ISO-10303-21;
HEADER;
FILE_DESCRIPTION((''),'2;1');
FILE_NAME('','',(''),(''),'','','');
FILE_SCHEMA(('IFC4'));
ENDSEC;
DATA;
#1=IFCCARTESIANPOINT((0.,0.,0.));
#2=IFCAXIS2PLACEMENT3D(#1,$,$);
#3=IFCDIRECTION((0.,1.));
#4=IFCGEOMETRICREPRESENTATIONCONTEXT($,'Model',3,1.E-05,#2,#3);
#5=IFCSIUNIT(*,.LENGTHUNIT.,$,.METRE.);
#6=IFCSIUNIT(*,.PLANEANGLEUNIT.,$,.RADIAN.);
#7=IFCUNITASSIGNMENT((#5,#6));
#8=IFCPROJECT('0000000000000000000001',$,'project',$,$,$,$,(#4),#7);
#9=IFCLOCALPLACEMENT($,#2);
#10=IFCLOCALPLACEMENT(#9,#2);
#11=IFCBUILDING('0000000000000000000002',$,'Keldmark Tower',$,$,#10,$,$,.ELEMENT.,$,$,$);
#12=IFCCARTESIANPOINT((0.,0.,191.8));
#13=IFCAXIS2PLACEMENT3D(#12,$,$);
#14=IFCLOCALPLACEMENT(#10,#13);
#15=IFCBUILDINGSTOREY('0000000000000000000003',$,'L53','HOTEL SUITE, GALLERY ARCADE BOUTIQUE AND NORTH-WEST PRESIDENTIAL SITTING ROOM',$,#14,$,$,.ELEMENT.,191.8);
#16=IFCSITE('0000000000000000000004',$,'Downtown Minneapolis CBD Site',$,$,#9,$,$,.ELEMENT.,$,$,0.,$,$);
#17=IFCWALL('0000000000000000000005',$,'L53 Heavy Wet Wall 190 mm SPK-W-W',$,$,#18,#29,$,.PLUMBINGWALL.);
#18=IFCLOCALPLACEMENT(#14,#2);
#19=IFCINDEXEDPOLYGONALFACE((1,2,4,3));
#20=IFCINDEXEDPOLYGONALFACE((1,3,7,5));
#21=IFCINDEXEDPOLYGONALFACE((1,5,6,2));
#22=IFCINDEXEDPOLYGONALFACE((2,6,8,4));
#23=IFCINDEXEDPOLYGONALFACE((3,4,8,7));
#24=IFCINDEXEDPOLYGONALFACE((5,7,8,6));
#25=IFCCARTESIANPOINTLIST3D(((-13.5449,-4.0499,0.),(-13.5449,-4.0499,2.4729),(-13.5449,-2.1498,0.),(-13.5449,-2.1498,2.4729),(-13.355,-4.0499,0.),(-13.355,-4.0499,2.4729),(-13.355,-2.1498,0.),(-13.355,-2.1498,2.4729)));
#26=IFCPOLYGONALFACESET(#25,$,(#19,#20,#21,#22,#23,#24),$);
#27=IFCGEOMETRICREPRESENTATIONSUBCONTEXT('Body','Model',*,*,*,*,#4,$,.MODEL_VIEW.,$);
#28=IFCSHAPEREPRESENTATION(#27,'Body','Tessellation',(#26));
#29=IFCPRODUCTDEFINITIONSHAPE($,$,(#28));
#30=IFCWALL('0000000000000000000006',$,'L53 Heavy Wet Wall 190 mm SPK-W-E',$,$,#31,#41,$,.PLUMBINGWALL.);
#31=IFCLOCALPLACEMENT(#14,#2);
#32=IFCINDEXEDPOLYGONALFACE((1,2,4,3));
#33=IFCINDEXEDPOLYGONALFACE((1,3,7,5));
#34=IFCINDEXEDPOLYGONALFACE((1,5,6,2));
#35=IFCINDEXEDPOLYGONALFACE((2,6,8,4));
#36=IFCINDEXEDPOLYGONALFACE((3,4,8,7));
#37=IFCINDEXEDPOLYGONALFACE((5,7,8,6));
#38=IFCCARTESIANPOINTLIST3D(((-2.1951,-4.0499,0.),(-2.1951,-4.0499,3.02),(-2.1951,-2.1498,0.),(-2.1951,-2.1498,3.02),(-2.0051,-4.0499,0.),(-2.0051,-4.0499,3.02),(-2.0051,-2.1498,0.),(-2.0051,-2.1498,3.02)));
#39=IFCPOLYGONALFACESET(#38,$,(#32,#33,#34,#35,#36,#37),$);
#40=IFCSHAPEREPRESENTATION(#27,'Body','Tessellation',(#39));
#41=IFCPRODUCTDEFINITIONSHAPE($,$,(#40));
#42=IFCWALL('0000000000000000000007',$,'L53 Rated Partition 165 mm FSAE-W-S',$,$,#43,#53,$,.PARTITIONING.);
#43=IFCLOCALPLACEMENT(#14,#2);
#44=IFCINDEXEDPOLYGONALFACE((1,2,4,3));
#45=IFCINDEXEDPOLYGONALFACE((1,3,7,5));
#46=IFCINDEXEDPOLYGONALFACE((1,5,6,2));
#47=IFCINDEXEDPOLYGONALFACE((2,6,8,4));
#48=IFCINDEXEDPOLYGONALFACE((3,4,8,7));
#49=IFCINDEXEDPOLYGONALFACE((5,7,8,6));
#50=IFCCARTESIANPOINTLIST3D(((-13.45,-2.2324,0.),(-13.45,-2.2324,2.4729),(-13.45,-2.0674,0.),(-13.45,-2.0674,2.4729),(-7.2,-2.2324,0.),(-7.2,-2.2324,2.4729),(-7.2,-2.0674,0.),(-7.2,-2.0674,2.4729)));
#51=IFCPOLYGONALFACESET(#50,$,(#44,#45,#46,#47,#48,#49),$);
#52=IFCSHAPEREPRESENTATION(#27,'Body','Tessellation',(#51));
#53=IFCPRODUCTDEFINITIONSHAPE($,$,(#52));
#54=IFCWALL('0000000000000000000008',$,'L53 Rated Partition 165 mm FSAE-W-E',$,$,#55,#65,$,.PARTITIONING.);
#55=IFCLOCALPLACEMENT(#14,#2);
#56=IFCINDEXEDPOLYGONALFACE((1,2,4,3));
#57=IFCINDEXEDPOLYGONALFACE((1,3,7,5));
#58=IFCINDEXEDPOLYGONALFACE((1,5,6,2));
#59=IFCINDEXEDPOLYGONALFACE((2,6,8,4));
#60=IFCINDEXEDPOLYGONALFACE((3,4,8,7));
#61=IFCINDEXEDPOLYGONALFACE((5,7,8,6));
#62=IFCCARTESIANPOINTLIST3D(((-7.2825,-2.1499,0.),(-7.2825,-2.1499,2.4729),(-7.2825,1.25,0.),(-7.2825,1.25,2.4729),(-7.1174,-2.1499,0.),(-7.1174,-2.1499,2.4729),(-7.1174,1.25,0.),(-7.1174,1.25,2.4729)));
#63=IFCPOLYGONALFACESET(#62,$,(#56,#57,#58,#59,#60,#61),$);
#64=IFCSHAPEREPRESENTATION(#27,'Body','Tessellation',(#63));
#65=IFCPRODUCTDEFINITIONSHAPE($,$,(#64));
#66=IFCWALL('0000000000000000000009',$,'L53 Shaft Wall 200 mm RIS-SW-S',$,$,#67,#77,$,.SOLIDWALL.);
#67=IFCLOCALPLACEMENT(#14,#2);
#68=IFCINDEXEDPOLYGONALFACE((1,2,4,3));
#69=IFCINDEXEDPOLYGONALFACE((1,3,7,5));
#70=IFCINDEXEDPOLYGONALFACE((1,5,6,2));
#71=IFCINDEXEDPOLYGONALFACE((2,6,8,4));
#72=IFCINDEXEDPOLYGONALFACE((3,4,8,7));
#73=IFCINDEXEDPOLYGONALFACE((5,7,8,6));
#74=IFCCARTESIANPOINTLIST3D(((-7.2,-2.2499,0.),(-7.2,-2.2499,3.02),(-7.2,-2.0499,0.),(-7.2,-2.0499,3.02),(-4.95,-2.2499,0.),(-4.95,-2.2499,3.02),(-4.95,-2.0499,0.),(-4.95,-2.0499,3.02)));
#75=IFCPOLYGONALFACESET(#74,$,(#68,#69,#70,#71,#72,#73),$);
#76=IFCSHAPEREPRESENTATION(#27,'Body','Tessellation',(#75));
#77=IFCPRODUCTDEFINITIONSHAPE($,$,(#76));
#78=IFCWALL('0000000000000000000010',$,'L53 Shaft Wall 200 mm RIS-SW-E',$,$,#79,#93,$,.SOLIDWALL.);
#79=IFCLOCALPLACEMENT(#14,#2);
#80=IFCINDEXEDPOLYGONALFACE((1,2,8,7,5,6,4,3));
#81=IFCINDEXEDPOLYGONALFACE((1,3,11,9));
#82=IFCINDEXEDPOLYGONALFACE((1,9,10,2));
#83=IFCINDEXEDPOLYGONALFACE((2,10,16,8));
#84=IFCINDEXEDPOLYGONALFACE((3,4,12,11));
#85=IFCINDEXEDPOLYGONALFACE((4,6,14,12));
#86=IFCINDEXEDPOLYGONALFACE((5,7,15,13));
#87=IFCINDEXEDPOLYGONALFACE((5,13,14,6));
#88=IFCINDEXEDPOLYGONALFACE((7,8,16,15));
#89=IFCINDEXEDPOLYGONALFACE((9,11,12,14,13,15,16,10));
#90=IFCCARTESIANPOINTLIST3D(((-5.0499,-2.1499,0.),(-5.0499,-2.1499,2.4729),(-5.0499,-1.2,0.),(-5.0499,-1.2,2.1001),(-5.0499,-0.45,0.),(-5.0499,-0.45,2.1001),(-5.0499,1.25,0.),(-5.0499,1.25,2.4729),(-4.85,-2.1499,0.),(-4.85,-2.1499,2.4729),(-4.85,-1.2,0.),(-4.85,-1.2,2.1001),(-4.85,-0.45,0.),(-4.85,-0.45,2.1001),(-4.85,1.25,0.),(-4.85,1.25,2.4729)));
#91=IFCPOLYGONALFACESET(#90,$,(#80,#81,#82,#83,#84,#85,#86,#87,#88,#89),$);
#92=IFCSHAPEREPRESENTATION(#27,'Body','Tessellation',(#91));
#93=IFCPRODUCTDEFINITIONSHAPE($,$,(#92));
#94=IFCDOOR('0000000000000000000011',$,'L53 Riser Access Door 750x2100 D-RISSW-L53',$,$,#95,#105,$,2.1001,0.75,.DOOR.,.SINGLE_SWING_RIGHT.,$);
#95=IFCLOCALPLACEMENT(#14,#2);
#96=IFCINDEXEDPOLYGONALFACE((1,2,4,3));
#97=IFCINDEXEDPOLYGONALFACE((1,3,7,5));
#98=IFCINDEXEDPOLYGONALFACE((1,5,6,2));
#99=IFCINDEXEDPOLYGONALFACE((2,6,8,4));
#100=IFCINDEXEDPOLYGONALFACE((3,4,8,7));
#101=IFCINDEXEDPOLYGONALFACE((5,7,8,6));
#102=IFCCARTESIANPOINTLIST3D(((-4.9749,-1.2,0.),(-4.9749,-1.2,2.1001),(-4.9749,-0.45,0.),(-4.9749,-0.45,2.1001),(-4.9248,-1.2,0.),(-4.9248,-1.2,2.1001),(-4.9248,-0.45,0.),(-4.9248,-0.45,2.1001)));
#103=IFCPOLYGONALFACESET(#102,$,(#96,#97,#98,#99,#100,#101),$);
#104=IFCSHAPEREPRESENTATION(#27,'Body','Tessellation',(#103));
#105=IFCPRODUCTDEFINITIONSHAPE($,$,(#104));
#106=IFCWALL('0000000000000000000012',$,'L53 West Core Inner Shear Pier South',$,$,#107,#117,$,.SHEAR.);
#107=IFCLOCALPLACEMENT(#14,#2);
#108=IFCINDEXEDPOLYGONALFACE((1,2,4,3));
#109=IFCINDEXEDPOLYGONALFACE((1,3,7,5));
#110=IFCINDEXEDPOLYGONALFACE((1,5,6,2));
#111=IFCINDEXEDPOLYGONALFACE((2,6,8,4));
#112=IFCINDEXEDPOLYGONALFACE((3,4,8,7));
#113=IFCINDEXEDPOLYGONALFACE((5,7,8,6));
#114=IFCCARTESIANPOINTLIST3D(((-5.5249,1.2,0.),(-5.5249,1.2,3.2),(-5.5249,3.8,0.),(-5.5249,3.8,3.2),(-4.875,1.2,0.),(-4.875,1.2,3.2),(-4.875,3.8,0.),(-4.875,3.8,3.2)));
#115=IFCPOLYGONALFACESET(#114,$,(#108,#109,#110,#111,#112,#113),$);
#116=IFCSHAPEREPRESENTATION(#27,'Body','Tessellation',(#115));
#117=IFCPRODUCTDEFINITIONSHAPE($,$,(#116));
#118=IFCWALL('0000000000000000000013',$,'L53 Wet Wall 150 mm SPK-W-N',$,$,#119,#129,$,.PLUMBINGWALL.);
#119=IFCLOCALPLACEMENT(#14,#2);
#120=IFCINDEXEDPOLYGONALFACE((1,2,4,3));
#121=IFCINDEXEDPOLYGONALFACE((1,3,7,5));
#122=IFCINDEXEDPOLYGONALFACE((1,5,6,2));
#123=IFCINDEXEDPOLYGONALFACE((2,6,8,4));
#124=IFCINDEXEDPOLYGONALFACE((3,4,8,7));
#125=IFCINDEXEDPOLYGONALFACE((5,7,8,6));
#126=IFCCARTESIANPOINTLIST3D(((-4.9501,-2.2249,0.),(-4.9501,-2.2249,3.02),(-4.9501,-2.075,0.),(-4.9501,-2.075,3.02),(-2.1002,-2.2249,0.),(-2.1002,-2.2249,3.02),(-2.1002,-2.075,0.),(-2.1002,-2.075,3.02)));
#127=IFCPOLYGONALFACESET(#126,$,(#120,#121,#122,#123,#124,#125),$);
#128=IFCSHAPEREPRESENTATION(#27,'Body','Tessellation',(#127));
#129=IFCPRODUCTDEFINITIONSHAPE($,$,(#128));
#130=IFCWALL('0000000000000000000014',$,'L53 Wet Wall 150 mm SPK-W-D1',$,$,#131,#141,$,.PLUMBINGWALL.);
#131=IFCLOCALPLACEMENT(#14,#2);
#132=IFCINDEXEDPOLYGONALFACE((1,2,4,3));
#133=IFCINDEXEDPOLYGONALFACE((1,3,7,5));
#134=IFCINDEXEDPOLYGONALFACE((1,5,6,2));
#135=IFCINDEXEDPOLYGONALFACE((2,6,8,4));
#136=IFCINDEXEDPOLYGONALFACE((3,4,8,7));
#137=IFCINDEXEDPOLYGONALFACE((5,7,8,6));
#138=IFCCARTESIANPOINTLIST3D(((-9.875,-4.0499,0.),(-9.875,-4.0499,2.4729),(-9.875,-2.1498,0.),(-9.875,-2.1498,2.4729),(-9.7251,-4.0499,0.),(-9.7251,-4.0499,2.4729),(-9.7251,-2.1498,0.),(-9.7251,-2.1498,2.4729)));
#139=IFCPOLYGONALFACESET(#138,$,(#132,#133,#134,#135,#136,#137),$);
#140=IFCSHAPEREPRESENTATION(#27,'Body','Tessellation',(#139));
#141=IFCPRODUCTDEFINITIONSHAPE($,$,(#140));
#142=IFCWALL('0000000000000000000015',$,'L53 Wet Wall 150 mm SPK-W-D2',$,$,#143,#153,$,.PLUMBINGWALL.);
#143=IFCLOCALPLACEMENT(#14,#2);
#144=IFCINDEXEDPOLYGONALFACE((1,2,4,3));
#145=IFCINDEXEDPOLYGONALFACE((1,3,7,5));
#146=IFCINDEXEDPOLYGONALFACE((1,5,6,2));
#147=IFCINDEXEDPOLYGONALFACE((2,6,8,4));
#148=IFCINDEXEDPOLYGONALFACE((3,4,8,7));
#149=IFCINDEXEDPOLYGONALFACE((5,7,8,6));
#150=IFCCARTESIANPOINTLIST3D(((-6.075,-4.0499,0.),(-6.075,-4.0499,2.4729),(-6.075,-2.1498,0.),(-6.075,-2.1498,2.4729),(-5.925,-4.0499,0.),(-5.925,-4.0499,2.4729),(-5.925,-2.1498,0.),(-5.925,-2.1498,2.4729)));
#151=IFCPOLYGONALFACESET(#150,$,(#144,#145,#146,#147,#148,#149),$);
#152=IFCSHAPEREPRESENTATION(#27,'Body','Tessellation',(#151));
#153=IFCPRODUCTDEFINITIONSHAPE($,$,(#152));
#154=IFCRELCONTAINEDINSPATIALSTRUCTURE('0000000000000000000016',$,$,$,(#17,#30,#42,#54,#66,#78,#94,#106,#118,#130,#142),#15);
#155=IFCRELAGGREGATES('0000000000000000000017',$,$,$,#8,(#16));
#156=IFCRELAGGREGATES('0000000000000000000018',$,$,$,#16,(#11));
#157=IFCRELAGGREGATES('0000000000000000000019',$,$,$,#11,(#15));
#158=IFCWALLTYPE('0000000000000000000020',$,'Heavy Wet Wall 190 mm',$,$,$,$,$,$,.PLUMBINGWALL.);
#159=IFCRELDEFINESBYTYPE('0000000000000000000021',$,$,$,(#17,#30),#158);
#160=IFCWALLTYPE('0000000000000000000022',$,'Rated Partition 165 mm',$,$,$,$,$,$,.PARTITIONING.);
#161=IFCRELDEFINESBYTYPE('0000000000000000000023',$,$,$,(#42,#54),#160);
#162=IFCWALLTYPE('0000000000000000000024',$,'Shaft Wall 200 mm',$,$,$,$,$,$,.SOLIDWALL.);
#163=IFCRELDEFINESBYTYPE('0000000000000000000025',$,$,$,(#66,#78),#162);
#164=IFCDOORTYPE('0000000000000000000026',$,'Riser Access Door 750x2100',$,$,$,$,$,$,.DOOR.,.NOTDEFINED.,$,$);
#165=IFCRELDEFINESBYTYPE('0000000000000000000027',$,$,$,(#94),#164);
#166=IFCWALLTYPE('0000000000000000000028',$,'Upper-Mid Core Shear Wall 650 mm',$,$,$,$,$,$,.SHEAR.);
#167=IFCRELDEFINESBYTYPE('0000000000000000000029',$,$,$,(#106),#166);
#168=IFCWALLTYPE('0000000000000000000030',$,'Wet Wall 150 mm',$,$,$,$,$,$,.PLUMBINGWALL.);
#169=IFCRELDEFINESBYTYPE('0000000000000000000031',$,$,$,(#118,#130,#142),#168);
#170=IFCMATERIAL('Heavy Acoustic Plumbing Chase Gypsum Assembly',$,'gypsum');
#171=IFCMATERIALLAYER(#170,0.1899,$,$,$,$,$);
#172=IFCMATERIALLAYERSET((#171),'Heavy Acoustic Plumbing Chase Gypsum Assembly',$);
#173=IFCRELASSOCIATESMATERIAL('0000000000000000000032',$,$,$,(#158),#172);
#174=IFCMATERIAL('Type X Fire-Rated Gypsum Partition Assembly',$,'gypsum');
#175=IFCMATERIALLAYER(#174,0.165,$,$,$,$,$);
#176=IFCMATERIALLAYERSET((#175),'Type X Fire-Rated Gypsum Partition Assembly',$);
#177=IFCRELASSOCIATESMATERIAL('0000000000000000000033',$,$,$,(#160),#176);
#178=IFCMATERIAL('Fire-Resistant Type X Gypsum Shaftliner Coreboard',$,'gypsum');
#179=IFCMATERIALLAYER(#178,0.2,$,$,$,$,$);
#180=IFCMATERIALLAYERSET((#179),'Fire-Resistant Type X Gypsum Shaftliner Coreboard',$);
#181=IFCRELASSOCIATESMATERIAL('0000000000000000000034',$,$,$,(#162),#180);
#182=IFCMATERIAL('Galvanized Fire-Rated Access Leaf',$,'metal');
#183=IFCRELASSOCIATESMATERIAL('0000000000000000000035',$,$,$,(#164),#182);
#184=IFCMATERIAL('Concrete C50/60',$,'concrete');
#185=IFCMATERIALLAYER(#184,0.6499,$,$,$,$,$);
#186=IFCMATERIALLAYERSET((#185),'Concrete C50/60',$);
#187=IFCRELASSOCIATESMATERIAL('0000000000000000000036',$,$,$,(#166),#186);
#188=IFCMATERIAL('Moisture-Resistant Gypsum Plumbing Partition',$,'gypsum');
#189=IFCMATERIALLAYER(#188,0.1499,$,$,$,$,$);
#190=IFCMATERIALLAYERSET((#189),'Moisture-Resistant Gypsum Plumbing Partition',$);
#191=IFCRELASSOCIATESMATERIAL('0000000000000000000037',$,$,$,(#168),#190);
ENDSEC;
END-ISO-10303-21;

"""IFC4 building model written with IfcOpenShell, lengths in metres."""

from ifc_helpers import new_model, si_unit, direction, frame, frame_2d, origin, place, context, subcontext, project, spatial, rectangle, extrude, material, layer, layer_set, type_object, element, fill, save


model = new_model("IFC4")

# Units and contexts
model_context = context("Model", 3, precision=1e-05, world=origin(), true_north=direction((0.0, 1.0)))
body_context = subcontext(model_context, "Body", "Model", "MODEL_VIEW")
ifc_project = project(units=[si_unit("LENGTHUNIT", "METRE"), si_unit("PLANEANGLEUNIT", "RADIAN")], contexts=[model_context])

# Site, building, storey
site_placement = place(None, origin())
site = spatial("IfcSite", under=ifc_project, at=site_placement, Name="Downtown Minneapolis CBD Site", CompositionType="ELEMENT", RefElevation=0.0)
building_placement = place(site_placement, origin())
building = spatial("IfcBuilding", under=site, at=building_placement, Name="Keldmark Tower", CompositionType="ELEMENT")
storey_placement = place(building_placement, frame((0.0, 0.0, 191.8)))
storey = spatial("IfcBuildingStorey", under=building, at=storey_placement, Name="L53", Description="HOTEL SUITE, GALLERY ARCADE BOUTIQUE AND NORTH-WEST PRESIDENTIAL SITTING ROOM", CompositionType="ELEMENT", Elevation=191.8)

# Walls
ifc_material_1 = material(Name="Heavy Acoustic Plumbing Chase Gypsum Assembly", Category="gypsum")
ifc_layer_1 = layer(ifc_material_1, 0.1899)
ifc_layer_set_1 = layer_set([ifc_layer_1], Name="Heavy Acoustic Plumbing Chase Gypsum Assembly")
wall_type_1 = type_object("IfcWallType", Name="Heavy Wet Wall 190 mm", PredefinedType="PLUMBINGWALL", material=ifc_layer_set_1)
wall_1_placement = place(storey_placement, frame((-13.45, -4.05, 0.0), z_axis=(0.0, 0.0, 1.0), x_axis=(0.0, 1.0, 0.0)))
element("IfcWall", 1, at=wall_1_placement, inside=storey, type_object=wall_type_1, Name="L53 Heavy Wet Wall 190 mm SPK-W-W", PredefinedType="PLUMBINGWALL", context=body_context, shape_type="SweptSolid", body=[
    extrude(rectangle(XDim=1.9001, YDim=0.1899, at=frame_2d((0.9502, 0.0))), origin(), (0.0, 0.0, 1.0), 2.4729),
])
wall_2_placement = place(storey_placement, frame((-2.1001, -4.05, 0.0), z_axis=(0.0, 0.0, 1.0), x_axis=(0.0, 1.0, 0.0)))
element("IfcWall", 2, at=wall_2_placement, inside=storey, type_object=wall_type_1, Name="L53 Heavy Wet Wall 190 mm SPK-W-E", PredefinedType="PLUMBINGWALL", context=body_context, shape_type="SweptSolid", body=[
    extrude(rectangle(XDim=1.9001, YDim=0.1899, at=frame_2d((0.9502, 0.0))), origin(), (0.0, 0.0, 1.0), 3.02),
])
ifc_material_2 = material(Name="Type X Fire-Rated Gypsum Partition Assembly", Category="gypsum")
ifc_layer_2 = layer(ifc_material_2, 0.165)
ifc_layer_set_2 = layer_set([ifc_layer_2], Name="Type X Fire-Rated Gypsum Partition Assembly")
wall_type_2 = type_object("IfcWallType", Name="Rated Partition 165 mm", PredefinedType="PARTITIONING", material=ifc_layer_set_2)
wall_3_placement = place(storey_placement, frame((-13.45, -2.1499, 0.0), z_axis=(0.0, 0.0, 1.0), x_axis=(1.0, 0.0, 0.0)))
element("IfcWall", 3, at=wall_3_placement, inside=storey, type_object=wall_type_2, Name="L53 Rated Partition 165 mm FSAE-W-S", PredefinedType="PARTITIONING", context=body_context, shape_type="SweptSolid", body=[
    extrude(rectangle(XDim=6.25, YDim=0.165, at=frame_2d((3.125, 0.0))), origin(), (0.0, 0.0, 1.0), 2.4729),
])

# Walls
wall_4_placement = place(storey_placement, frame((-7.2, -2.1499, 0.0), z_axis=(0.0, 0.0, 1.0), x_axis=(0.0, 1.0, 0.0)))
element("IfcWall", 4, at=wall_4_placement, inside=storey, type_object=wall_type_2, Name="L53 Rated Partition 165 mm FSAE-W-E", PredefinedType="PARTITIONING", context=body_context, shape_type="SweptSolid", body=[
    extrude(rectangle(XDim=3.3999, YDim=0.165, at=frame_2d((1.7, 0.0))), origin(), (0.0, 0.0, 1.0), 2.4729),
])
ifc_material_3 = material(Name="Fire-Resistant Type X Gypsum Shaftliner Coreboard", Category="gypsum")
ifc_layer_3 = layer(ifc_material_3, 0.2)
ifc_layer_set_3 = layer_set([ifc_layer_3], Name="Fire-Resistant Type X Gypsum Shaftliner Coreboard")
wall_type_3 = type_object("IfcWallType", Name="Shaft Wall 200 mm", PredefinedType="SOLIDWALL", material=ifc_layer_set_3)
wall_5_placement = place(storey_placement, frame((-7.2, -2.1499, 0.0), z_axis=(0.0, 0.0, 1.0), x_axis=(1.0, 0.0, 0.0)))
element("IfcWall", 5, at=wall_5_placement, inside=storey, type_object=wall_type_3, Name="L53 Shaft Wall 200 mm RIS-SW-S", PredefinedType="SOLIDWALL", context=body_context, shape_type="SweptSolid", body=[
    extrude(rectangle(XDim=2.25, YDim=0.2, at=frame_2d((1.125, 0.0))), origin(), (0.0, 0.0, 1.0), 3.02),
])

# Wall, opening, door
wall_6_placement = place(storey_placement, frame((-4.95, -2.1499, 0.0), z_axis=(0.0, 0.0, 1.0), x_axis=(0.0, 1.0, 0.0)))
wall_6 = element("IfcWall", 6, at=wall_6_placement, inside=storey, type_object=wall_type_3, Name="L53 Shaft Wall 200 mm RIS-SW-E", PredefinedType="SOLIDWALL", context=body_context, shape_type="SweptSolid", body=[
    extrude(rectangle(XDim=3.3999, YDim=0.2, at=frame_2d((1.7, 0.0))), origin(), (0.0, 0.0, 1.0), 2.4729),
])
opening_1_placement = place(wall_6_placement, frame((0.95, 0.0, 0.0)))
opening_1 = element("IfcOpeningElement", 7, at=opening_1_placement, cuts=wall_6, PredefinedType="OPENING", context=body_context, shape_type="SweptSolid", body=[
    extrude(rectangle(XDim=0.75, YDim=2.1001, at=frame_2d((0.375, 1.05))), frame((0.0, 0.1099, 0.0), z_axis=(0.0, -1.0, 0.0), x_axis=(1.0, 0.0, 0.0)), (0.0, 0.0, 1.0), 0.22),
])
ifc_material_4 = material(Name="Galvanized Fire-Rated Access Leaf", Category="metal")
door_type_1 = type_object("IfcDoorType", Name="Riser Access Door 750x2100", OperationType="NOTDEFINED", PredefinedType="DOOR", material=ifc_material_4)
door_1_placement = place(opening_1_placement, origin())
door_1 = element("IfcDoor", 8, at=door_1_placement, inside=storey, type_object=door_type_1, Name="L53 Riser Access Door 750x2100 D-RISSW-L53", OperationType="SINGLE_SWING_RIGHT", OverallHeight=2.1001, OverallWidth=0.75, PredefinedType="DOOR", context=body_context, shape_type="SweptSolid", body=[
    extrude(rectangle(XDim=0.75, YDim=2.1001, at=frame_2d((0.375, 1.05))), frame((0.0, 0.0249, 0.0), z_axis=(0.0, -1.0, 0.0), x_axis=(1.0, 0.0, 0.0)), (0.0, 0.0, 1.0), 0.05),
])
fill(opening_1, door_1)

# Walls
ifc_material_5 = material(Name="Concrete C50/60", Category="concrete")
ifc_layer_4 = layer(ifc_material_5, 0.6499)
ifc_layer_set_4 = layer_set([ifc_layer_4], Name="Concrete C50/60")
wall_type_4 = type_object("IfcWallType", Name="Upper-Mid Core Shear Wall 650 mm", PredefinedType="SHEAR", material=ifc_layer_set_4)
wall_7_placement = place(storey_placement, frame((-5.2, 1.2, 0.0), z_axis=(0.0, 0.0, 1.0), x_axis=(0.0, 1.0, 0.0)))
element("IfcWall", 9, at=wall_7_placement, inside=storey, type_object=wall_type_4, Name="L53 West Core Inner Shear Pier South", PredefinedType="SHEAR", context=body_context, shape_type="SweptSolid", body=[
    extrude(rectangle(XDim=2.6001, YDim=0.6499, at=frame_2d((1.3, 0.0))), origin(), (0.0, 0.0, 1.0), 3.2),
])
ifc_material_6 = material(Name="Moisture-Resistant Gypsum Plumbing Partition", Category="gypsum")
ifc_layer_5 = layer(ifc_material_6, 0.1499)
ifc_layer_set_5 = layer_set([ifc_layer_5], Name="Moisture-Resistant Gypsum Plumbing Partition")
wall_type_5 = type_object("IfcWallType", Name="Wet Wall 150 mm", PredefinedType="PLUMBINGWALL", material=ifc_layer_set_5)
wall_8_placement = place(storey_placement, frame((-4.95, -2.1499, 0.0), z_axis=(0.0, 0.0, 1.0), x_axis=(1.0, 0.0, 0.0)))
element("IfcWall", 10, at=wall_8_placement, inside=storey, type_object=wall_type_5, Name="L53 Wet Wall 150 mm SPK-W-N", PredefinedType="PLUMBINGWALL", context=body_context, shape_type="SweptSolid", body=[
    extrude(rectangle(XDim=2.8499, YDim=0.1499, at=frame_2d((1.4248, 0.0))), origin(), (0.0, 0.0, 1.0), 3.02),
])
for number, where, z_axis, x_axis, name in (
    (11, (-9.8, -4.05, 0.0), (0.0, 0.0, 1.0), (0.0, 1.0, 0.0), "L53 Wet Wall 150 mm SPK-W-D1"),
    (12, (-6.0, -4.05, 0.0), (0.0, 0.0, 1.0), (0.0, 1.0, 0.0), "L53 Wet Wall 150 mm SPK-W-D2"),
):
    element("IfcWall", number, at=place(storey_placement, frame(where, z_axis=z_axis, x_axis=x_axis)), inside=storey, type_object=wall_type_5, Name=name, PredefinedType="PLUMBINGWALL", context=body_context, shape_type="SweptSolid", body=[
        extrude(rectangle(XDim=1.9001, YDim=0.1499, at=frame_2d((0.9502, 0.0))), origin(), (0.0, 0.0, 1.0), 2.4729),
    ])

save(model, "model.ifc")
